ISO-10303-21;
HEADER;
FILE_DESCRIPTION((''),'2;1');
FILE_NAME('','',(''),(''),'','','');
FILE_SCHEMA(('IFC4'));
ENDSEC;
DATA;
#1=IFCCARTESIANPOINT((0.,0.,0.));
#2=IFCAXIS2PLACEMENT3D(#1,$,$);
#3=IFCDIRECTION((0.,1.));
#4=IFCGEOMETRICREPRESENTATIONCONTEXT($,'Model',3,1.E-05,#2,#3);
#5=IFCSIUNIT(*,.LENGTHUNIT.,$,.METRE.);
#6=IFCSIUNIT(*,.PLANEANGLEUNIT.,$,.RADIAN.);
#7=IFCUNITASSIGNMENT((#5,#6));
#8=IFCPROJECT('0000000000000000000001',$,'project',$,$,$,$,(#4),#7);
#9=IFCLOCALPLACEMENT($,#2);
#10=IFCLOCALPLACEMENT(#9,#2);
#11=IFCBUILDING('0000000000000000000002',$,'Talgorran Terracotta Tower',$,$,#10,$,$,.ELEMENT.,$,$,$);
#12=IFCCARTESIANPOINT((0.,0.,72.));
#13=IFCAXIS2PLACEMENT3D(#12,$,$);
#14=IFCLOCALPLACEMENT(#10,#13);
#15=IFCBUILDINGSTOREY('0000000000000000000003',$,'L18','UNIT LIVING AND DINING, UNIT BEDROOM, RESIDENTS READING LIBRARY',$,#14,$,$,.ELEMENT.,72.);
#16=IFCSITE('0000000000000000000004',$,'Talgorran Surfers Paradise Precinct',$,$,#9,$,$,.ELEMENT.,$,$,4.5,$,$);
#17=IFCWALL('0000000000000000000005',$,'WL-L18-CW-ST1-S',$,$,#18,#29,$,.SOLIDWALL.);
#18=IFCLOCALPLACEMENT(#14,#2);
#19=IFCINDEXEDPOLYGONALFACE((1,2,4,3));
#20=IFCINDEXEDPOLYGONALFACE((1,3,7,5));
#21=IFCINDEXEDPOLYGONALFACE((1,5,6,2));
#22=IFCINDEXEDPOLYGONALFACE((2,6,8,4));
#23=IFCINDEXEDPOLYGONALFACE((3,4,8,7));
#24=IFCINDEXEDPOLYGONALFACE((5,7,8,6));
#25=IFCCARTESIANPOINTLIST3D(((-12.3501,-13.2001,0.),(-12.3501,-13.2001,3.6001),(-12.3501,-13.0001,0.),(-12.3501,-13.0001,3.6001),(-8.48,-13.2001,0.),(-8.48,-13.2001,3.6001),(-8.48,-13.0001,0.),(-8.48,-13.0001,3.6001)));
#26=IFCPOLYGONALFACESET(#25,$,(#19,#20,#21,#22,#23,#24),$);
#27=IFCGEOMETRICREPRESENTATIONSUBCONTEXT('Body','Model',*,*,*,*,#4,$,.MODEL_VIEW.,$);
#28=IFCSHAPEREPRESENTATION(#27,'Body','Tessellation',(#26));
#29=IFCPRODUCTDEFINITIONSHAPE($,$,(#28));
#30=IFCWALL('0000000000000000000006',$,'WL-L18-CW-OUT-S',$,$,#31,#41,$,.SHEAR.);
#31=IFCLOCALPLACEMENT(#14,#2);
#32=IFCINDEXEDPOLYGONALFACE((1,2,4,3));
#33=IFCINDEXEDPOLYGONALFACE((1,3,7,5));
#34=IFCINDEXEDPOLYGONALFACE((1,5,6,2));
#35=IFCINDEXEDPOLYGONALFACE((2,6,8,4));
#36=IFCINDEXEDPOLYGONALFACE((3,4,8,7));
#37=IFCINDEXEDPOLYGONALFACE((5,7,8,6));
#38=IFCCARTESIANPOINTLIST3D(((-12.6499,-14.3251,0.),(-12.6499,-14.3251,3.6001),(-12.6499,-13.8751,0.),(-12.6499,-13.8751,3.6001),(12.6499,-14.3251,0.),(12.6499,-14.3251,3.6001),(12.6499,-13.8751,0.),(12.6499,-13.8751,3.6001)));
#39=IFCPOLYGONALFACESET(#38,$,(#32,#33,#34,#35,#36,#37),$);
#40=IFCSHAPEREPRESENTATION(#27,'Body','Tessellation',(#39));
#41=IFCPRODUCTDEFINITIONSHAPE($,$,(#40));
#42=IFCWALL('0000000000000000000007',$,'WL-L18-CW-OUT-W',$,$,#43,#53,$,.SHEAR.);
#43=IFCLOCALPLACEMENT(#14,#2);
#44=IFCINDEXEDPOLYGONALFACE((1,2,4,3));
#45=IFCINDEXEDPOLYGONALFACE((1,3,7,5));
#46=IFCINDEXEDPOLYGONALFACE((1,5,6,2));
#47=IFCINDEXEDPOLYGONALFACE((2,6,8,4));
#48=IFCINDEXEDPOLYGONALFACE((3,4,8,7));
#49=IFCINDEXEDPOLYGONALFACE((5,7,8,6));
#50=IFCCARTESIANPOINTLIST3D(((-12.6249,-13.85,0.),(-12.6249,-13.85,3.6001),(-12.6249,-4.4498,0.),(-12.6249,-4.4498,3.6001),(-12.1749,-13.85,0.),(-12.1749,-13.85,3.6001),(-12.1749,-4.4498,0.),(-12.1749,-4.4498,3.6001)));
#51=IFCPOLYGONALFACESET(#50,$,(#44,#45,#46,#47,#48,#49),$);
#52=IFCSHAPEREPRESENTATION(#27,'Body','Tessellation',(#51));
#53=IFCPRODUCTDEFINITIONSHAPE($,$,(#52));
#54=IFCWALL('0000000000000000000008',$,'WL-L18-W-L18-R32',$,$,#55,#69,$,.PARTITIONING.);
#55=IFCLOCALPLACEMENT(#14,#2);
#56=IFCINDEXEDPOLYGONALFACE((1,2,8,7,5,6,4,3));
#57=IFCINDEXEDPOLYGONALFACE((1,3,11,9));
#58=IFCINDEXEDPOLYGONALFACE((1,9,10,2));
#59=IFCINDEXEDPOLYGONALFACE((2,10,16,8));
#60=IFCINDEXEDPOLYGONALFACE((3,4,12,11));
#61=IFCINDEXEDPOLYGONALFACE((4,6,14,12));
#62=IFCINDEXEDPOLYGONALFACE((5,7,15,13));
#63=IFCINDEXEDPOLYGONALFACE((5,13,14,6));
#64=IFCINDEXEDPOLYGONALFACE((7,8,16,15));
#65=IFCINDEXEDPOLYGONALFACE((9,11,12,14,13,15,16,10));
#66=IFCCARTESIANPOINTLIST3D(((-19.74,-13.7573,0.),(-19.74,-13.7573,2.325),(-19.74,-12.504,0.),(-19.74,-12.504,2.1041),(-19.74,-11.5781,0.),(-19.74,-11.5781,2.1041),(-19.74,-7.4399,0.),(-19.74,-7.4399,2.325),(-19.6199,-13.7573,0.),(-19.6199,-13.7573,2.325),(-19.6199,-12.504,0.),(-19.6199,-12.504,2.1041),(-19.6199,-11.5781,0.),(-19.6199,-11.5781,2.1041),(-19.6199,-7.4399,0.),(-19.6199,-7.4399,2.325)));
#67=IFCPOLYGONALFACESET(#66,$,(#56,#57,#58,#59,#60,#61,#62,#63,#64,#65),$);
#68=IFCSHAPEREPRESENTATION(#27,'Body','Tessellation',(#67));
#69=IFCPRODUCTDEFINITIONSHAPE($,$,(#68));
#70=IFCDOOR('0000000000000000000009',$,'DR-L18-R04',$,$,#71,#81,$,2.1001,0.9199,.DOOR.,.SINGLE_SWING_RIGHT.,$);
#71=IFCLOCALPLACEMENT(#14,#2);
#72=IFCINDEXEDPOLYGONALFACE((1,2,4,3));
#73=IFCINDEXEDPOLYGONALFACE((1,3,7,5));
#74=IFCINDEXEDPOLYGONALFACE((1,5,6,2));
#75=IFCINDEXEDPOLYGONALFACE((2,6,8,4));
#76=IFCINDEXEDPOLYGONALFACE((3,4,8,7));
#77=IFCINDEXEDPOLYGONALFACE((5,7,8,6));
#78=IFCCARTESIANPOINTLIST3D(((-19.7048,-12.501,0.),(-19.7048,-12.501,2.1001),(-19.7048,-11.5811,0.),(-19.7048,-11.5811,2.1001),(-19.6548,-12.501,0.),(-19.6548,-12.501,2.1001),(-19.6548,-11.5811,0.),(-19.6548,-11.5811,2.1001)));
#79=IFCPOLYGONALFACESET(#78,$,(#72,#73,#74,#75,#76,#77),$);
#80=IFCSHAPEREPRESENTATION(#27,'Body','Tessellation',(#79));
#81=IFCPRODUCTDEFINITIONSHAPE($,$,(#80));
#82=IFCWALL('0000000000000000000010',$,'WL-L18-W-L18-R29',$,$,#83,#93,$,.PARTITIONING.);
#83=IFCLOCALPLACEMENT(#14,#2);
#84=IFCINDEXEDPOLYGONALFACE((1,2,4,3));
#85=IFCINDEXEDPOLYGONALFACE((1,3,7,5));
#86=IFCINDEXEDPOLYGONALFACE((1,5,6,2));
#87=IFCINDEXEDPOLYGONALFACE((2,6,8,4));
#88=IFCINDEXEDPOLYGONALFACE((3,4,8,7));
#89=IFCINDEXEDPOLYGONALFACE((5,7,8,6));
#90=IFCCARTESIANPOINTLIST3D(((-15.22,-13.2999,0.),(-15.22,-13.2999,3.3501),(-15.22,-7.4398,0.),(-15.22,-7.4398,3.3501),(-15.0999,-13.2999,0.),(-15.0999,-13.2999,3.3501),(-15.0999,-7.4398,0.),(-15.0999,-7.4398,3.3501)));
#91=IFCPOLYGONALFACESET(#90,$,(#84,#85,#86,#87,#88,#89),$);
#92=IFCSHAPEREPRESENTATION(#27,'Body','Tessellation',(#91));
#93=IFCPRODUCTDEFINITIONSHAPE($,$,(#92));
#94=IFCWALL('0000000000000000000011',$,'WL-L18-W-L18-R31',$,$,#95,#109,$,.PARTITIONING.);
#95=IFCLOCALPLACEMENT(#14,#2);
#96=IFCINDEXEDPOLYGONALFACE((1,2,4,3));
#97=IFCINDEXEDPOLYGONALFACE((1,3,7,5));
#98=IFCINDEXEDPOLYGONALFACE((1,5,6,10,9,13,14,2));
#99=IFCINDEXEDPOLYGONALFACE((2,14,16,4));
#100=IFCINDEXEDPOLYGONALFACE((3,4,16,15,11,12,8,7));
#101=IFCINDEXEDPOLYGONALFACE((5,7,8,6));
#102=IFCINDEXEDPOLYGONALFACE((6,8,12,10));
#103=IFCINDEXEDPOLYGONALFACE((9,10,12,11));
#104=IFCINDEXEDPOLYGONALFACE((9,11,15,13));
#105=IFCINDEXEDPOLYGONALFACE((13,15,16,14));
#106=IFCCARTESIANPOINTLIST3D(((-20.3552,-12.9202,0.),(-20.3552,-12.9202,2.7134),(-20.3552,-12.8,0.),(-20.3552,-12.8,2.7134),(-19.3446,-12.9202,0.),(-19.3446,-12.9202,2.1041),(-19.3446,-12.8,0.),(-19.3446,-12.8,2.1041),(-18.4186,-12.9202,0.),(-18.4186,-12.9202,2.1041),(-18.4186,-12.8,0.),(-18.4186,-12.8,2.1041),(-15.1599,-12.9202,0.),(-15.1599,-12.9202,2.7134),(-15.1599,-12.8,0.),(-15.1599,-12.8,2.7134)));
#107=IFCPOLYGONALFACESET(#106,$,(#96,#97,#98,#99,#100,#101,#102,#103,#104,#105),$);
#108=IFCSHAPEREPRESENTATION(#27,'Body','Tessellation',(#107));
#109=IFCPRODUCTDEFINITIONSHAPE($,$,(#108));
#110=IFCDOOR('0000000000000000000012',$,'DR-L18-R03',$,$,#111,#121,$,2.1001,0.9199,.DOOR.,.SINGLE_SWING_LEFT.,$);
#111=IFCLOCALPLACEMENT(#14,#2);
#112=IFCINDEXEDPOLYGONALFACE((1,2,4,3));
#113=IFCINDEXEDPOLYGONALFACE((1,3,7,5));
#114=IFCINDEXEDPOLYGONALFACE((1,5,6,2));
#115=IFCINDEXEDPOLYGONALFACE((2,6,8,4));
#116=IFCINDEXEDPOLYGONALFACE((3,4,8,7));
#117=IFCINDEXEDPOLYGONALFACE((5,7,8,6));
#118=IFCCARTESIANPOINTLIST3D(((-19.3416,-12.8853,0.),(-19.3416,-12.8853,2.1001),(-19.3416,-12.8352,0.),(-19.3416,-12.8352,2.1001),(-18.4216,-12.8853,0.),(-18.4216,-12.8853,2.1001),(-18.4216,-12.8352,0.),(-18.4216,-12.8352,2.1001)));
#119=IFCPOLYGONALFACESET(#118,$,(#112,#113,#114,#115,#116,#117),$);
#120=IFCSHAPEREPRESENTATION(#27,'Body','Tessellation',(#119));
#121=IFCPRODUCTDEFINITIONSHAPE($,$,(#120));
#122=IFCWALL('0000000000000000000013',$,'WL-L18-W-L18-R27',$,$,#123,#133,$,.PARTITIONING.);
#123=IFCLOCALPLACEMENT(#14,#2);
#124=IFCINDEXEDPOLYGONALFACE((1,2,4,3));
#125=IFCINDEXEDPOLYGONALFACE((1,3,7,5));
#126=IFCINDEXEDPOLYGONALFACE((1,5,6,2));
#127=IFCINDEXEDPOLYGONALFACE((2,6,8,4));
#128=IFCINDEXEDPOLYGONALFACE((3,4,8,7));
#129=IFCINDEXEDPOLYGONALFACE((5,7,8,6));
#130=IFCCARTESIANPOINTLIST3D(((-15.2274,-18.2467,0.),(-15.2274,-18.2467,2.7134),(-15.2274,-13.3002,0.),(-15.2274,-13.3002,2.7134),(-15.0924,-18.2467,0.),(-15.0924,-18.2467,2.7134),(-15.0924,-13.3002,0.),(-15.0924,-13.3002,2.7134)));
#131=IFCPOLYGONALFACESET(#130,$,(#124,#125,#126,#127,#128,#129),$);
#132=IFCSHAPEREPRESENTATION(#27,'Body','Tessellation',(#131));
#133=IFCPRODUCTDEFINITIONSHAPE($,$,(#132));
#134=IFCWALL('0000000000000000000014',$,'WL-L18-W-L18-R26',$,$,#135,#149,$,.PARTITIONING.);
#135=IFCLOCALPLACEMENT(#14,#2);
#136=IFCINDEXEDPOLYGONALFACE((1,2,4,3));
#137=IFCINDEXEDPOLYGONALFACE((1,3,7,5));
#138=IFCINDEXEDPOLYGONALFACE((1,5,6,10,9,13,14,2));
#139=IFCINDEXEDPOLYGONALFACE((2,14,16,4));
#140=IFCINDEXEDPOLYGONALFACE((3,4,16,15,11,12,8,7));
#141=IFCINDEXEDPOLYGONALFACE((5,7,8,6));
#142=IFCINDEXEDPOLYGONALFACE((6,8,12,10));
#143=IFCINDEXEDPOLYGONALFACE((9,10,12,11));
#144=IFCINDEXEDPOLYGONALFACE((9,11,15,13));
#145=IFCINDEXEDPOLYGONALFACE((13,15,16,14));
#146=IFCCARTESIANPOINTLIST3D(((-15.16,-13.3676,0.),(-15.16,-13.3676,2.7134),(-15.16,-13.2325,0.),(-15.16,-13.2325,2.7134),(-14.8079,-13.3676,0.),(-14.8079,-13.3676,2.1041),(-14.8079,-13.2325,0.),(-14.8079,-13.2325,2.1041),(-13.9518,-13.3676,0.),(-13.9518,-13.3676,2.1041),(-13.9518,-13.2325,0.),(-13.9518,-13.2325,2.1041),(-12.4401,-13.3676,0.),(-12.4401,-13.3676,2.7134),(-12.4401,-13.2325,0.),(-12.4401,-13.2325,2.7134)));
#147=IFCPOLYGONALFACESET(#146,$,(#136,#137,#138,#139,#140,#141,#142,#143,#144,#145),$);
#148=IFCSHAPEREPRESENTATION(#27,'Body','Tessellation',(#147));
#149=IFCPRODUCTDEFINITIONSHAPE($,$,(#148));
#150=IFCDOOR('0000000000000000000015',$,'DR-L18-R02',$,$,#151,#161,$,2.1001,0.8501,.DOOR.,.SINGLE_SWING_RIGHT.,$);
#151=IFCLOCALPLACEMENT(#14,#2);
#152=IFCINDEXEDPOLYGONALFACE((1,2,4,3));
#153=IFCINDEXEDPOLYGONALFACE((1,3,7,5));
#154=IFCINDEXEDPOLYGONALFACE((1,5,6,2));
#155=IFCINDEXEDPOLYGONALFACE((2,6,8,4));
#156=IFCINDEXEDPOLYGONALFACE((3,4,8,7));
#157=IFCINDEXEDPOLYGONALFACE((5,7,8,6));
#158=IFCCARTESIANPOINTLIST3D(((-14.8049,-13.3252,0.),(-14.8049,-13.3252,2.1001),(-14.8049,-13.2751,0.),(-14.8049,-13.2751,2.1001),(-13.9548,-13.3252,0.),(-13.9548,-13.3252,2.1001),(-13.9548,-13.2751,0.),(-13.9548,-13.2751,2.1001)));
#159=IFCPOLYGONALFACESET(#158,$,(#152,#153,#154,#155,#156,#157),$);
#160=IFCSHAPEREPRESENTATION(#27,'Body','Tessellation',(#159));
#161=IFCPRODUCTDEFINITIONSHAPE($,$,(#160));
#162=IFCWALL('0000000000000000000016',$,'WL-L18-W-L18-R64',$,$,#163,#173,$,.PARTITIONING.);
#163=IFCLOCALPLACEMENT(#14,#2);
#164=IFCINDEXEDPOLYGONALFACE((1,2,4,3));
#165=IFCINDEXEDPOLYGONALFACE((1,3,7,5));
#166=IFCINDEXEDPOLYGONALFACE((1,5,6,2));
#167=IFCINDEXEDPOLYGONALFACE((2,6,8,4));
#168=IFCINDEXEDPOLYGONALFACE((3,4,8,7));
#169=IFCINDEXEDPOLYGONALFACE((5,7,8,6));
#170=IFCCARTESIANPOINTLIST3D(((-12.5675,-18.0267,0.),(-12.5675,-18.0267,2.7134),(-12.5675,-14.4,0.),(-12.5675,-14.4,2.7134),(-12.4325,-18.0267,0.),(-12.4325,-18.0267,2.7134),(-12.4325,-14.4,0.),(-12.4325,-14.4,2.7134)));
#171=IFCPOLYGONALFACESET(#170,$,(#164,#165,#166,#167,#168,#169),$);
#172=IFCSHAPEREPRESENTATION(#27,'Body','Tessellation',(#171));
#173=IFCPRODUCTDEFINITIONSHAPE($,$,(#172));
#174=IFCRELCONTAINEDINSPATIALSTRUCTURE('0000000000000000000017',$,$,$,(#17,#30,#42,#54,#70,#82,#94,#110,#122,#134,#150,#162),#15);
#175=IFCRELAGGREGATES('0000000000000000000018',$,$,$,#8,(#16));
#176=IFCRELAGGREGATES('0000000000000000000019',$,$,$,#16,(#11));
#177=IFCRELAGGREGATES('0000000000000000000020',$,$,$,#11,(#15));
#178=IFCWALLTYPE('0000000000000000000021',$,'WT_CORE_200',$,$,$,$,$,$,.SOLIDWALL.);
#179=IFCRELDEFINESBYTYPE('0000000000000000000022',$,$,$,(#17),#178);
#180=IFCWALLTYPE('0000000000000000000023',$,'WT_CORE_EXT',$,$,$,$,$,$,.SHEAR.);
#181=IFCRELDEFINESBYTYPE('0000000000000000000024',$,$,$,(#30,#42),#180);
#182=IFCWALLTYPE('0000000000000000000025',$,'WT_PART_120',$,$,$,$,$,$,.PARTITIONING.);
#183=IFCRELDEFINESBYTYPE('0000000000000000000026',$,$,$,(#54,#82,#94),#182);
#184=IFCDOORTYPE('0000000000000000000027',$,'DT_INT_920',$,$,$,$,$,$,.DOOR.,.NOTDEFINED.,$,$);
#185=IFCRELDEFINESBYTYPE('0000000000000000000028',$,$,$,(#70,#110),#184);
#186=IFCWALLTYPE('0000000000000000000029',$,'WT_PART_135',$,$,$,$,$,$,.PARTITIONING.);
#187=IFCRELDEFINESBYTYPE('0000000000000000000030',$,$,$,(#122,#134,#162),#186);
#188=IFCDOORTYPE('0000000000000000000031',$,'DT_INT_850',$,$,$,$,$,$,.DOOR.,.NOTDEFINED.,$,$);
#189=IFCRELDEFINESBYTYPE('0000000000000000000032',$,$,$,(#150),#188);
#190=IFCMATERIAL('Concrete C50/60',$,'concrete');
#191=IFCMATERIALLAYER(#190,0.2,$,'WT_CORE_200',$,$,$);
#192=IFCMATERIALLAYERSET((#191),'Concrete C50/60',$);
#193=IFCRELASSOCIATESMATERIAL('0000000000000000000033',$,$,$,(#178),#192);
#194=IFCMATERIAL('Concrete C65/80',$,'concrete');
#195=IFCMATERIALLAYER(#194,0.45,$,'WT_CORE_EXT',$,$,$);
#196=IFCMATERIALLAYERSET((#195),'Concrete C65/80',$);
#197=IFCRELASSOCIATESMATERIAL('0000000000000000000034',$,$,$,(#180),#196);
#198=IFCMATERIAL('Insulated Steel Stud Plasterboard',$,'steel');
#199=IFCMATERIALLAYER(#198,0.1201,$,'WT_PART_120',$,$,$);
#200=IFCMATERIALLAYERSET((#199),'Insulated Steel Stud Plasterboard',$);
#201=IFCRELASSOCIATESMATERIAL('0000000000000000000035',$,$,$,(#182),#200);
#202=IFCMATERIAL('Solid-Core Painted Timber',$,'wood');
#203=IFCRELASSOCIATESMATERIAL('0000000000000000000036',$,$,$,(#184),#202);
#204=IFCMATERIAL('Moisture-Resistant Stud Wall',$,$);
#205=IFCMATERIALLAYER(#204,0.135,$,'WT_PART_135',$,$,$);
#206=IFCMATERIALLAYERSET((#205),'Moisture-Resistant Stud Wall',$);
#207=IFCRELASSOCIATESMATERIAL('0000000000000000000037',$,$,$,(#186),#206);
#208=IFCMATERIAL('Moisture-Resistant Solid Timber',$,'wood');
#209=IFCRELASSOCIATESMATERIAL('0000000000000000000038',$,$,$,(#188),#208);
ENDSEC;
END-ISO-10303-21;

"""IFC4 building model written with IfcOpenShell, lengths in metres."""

from ifc_helpers import new_model, si_unit, direction, frame, frame_2d, origin, place, context, subcontext, project, spatial, rectangle, extrude, material, layer, layer_set, type_object, element, fill, save


model = new_model("IFC4")

# Units and contexts
model_context = context("Model", 3, precision=1e-05, world=origin(), true_north=direction((0.0, 1.0)))
body_context = subcontext(model_context, "Body", "Model", "MODEL_VIEW")
ifc_project = project(units=[si_unit("LENGTHUNIT", "METRE"), si_unit("PLANEANGLEUNIT", "RADIAN")], contexts=[model_context])

# Site, building, storey
site_placement = place(None, origin())
site = spatial("IfcSite", under=ifc_project, at=site_placement, Name="Talgorran Surfers Paradise Precinct", CompositionType="ELEMENT", RefElevation=4.5)
building_placement = place(site_placement, origin())
building = spatial("IfcBuilding", under=site, at=building_placement, Name="Talgorran Terracotta Tower", CompositionType="ELEMENT")
storey_placement = place(building_placement, frame((0.0, 0.0, 72.0)))
storey = spatial("IfcBuildingStorey", under=building, at=storey_placement, Name="L18", Description="UNIT LIVING AND DINING, UNIT BEDROOM, RESIDENTS READING LIBRARY", CompositionType="ELEMENT", Elevation=72.0)

# Walls
ifc_material_1 = material(Name="Concrete C50/60", Category="concrete")
ifc_layer_1 = layer(ifc_material_1, 0.2, Name="WT_CORE_200")
ifc_layer_set_1 = layer_set([ifc_layer_1], Name="Concrete C50/60")
wall_type_1 = type_object("IfcWallType", Name="WT_CORE_200", PredefinedType="SOLIDWALL", material=ifc_layer_set_1)
wall_1_placement = place(storey_placement, frame((-12.3501, -13.1001, 0.0), z_axis=(0.0, 0.0, 1.0), x_axis=(1.0, 0.0, 0.0)))
element("IfcWall", 1, at=wall_1_placement, inside=storey, type_object=wall_type_1, Name="WL-L18-CW-ST1-S", PredefinedType="SOLIDWALL", context=body_context, shape_type="SweptSolid", body=[
    extrude(rectangle(XDim=3.8701, YDim=0.2, at=frame_2d((1.9351, 0.0))), origin(), (0.0, 0.0, 1.0), 3.6001),
])
ifc_material_2 = material(Name="Concrete C65/80", Category="concrete")
ifc_layer_2 = layer(ifc_material_2, 0.45, Name="WT_CORE_EXT")
ifc_layer_set_2 = layer_set([ifc_layer_2], Name="Concrete C65/80")
wall_type_2 = type_object("IfcWallType", Name="WT_CORE_EXT", PredefinedType="SHEAR", material=ifc_layer_set_2)
wall_2_placement = place(storey_placement, frame((-12.6499, -14.1001, 0.0), z_axis=(0.0, 0.0, 1.0), x_axis=(1.0, 0.0, 0.0)))
element("IfcWall", 2, at=wall_2_placement, inside=storey, type_object=wall_type_2, Name="WL-L18-CW-OUT-S", PredefinedType="SHEAR", context=body_context, shape_type="SweptSolid", body=[
    extrude(rectangle(XDim=25.2998, YDim=0.45, at=frame_2d((12.6499, 0.0))), origin(), (0.0, 0.0, 1.0), 3.6001),
])
wall_3_placement = place(storey_placement, frame((-12.3999, -13.8501, 0.0), z_axis=(0.0, 0.0, 1.0), x_axis=(0.0, 1.0, 0.0)))
element("IfcWall", 3, at=wall_3_placement, inside=storey, type_object=wall_type_2, Name="WL-L18-CW-OUT-W", PredefinedType="SHEAR", context=body_context, shape_type="SweptSolid", body=[
    extrude(rectangle(XDim=9.4001, YDim=0.45, at=frame_2d((4.7002, 0.0))), origin(), (0.0, 0.0, 1.0), 3.6001),
])

# Wall, opening, door
ifc_material_3 = material(Name="Insulated Steel Stud Plasterboard", Category="steel")
ifc_layer_3 = layer(ifc_material_3, 0.1201, Name="WT_PART_120")
ifc_layer_set_3 = layer_set([ifc_layer_3], Name="Insulated Steel Stud Plasterboard")
wall_type_3 = type_object("IfcWallType", Name="WT_PART_120", PredefinedType="PARTITIONING", material=ifc_layer_set_3)
wall_4_placement = place(storey_placement, frame((-19.6799, -13.7573, 0.0), z_axis=(0.0, 0.0, 1.0), x_axis=(0.0, 1.0, 0.0)))
wall_4 = element("IfcWall", 4, at=wall_4_placement, inside=storey, type_object=wall_type_3, Name="WL-L18-W-L18-R32", PredefinedType="PARTITIONING", context=body_context, shape_type="SweptSolid", body=[
    extrude(rectangle(XDim=6.3174, YDim=0.1201, at=frame_2d((3.1587, 0.0))), origin(), (0.0, 0.0, 1.0), 2.325),
])
opening_1_placement = place(wall_4_placement, frame((1.2563, 0.0, 0.0)))
opening_1 = element("IfcOpeningElement", 5, at=opening_1_placement, cuts=wall_4, PredefinedType="OPENING", context=body_context, shape_type="SweptSolid", body=[
    extrude(rectangle(XDim=0.9259, YDim=2.1041, at=frame_2d((0.46, 1.052))), frame((0.0, 0.0701, 0.0), z_axis=(0.0, -1.0, 0.0), x_axis=(1.0, 0.0, 0.0)), (0.0, 0.0, 1.0), 0.1401),
])
ifc_material_4 = material(Name="Solid-Core Painted Timber", Category="wood")
door_type_1 = type_object("IfcDoorType", Name="DT_INT_920", OperationType="NOTDEFINED", PredefinedType="DOOR", material=ifc_material_4)
door_1_placement = place(opening_1_placement, origin())
door_1 = element("IfcDoor", 6, at=door_1_placement, inside=storey, type_object=door_type_1, Name="DR-L18-R04", OperationType="SINGLE_SWING_RIGHT", OverallHeight=2.1001, OverallWidth=0.9199, PredefinedType="DOOR", context=body_context, shape_type="SweptSolid", body=[
    extrude(rectangle(XDim=0.9199, YDim=2.1001, at=frame_2d((0.46, 1.05))), frame((0.0, 0.0249, 0.0), z_axis=(0.0, -1.0, 0.0), x_axis=(1.0, 0.0, 0.0)), (0.0, 0.0, 1.0), 0.05),
])
fill(opening_1, door_1)

# Wall
wall_5_placement = place(storey_placement, frame((-15.1599, -13.3, 0.0), z_axis=(0.0, 0.0, 1.0), x_axis=(0.0, 1.0, 0.0)))
element("IfcWall", 7, at=wall_5_placement, inside=storey, type_object=wall_type_3, Name="WL-L18-W-L18-R29", PredefinedType="PARTITIONING", context=body_context, shape_type="SweptSolid", body=[
    extrude(rectangle(XDim=5.8601, YDim=0.1201, at=frame_2d((2.9302, 0.0))), origin(), (0.0, 0.0, 1.0), 3.3501),
])

# Wall, opening, door
wall_6_placement = place(storey_placement, frame((-20.3552, -12.8601, 0.0), z_axis=(0.0, 0.0, 1.0), x_axis=(1.0, 0.0, 0.0)))
wall_6 = element("IfcWall", 8, at=wall_6_placement, inside=storey, type_object=wall_type_3, Name="WL-L18-W-L18-R31", PredefinedType="PARTITIONING", context=body_context, shape_type="SweptSolid", body=[
    extrude(rectangle(XDim=5.1953, YDim=0.1201, at=frame_2d((2.5977, 0.0))), origin(), (0.0, 0.0, 1.0), 2.7134),
])
opening_2_placement = place(wall_6_placement, frame((1.0137, 0.0, 0.0)))
opening_2 = element("IfcOpeningElement", 9, at=opening_2_placement, cuts=wall_6, PredefinedType="OPENING", context=body_context, shape_type="SweptSolid", body=[
    extrude(rectangle(XDim=0.9259, YDim=2.1041, at=frame_2d((0.46, 1.052))), frame((0.0, 0.0701, 0.0), z_axis=(0.0, -1.0, 0.0), x_axis=(1.0, 0.0, 0.0)), (0.0, 0.0, 1.0), 0.1401),
])
door_2_placement = place(opening_2_placement, origin())
door_2 = element("IfcDoor", 10, at=door_2_placement, inside=storey, type_object=door_type_1, Name="DR-L18-R03", OperationType="SINGLE_SWING_LEFT", OverallHeight=2.1001, OverallWidth=0.9199, PredefinedType="DOOR", context=body_context, shape_type="SweptSolid", body=[
    extrude(rectangle(XDim=0.9199, YDim=2.1001, at=frame_2d((0.46, 1.05))), frame((0.0, 0.0249, 0.0), z_axis=(0.0, -1.0, 0.0), x_axis=(1.0, 0.0, 0.0)), (0.0, 0.0, 1.0), 0.05),
])
fill(opening_2, door_2)

# Wall
ifc_material_5 = material(Name="Moisture-Resistant Stud Wall")
ifc_layer_4 = layer(ifc_material_5, 0.135, Name="WT_PART_135")
ifc_layer_set_4 = layer_set([ifc_layer_4], Name="Moisture-Resistant Stud Wall")
wall_type_4 = type_object("IfcWallType", Name="WT_PART_135", PredefinedType="PARTITIONING", material=ifc_layer_set_4)
wall_7_placement = place(storey_placement, frame((-15.1599, -18.2466, 0.0), z_axis=(0.0, 0.0, 1.0), x_axis=(0.0, 1.0, 0.0)))
element("IfcWall", 11, at=wall_7_placement, inside=storey, type_object=wall_type_4, Name="WL-L18-W-L18-R27", PredefinedType="PARTITIONING", context=body_context, shape_type="SweptSolid", body=[
    extrude(rectangle(XDim=4.9465, YDim=0.135, at=frame_2d((2.4731, 0.0))), origin(), (0.0, 0.0, 1.0), 2.7134),
])

# Wall, opening, door
wall_8_placement = place(storey_placement, frame((-15.1599, -13.3, 0.0), z_axis=(0.0, 0.0, 1.0), x_axis=(1.0, 0.0, 0.0)))
wall_8 = element("IfcWall", 12, at=wall_8_placement, inside=storey, type_object=wall_type_4, Name="WL-L18-W-L18-R26", PredefinedType="PARTITIONING", context=body_context, shape_type="SweptSolid", body=[
    extrude(rectangle(XDim=2.72, YDim=0.135, at=frame_2d((1.3599, 0.0))), origin(), (0.0, 0.0, 1.0), 2.7134),
])
opening_3_placement = place(wall_8_placement, frame((0.355, 0.0, 0.0)))
opening_3 = element("IfcOpeningElement", 13, at=opening_3_placement, cuts=wall_8, PredefinedType="OPENING", context=body_context, shape_type="SweptSolid", body=[
    extrude(rectangle(XDim=0.8561, YDim=2.1041, at=frame_2d((0.425, 1.052))), frame((0.0, 0.0776, 0.0), z_axis=(0.0, -1.0, 0.0), x_axis=(1.0, 0.0, 0.0)), (0.0, 0.0, 1.0), 0.155),
])
ifc_material_6 = material(Name="Moisture-Resistant Solid Timber", Category="wood")
door_type_2 = type_object("IfcDoorType", Name="DT_INT_850", OperationType="NOTDEFINED", PredefinedType="DOOR", material=ifc_material_6)
door_3_placement = place(opening_3_placement, origin())
door_3 = element("IfcDoor", 14, at=door_3_placement, inside=storey, type_object=door_type_2, Name="DR-L18-R02", OperationType="SINGLE_SWING_RIGHT", OverallHeight=2.1001, OverallWidth=0.8501, PredefinedType="DOOR", context=body_context, shape_type="SweptSolid", body=[
    extrude(rectangle(XDim=0.8501, YDim=2.1001, at=frame_2d((0.425, 1.05))), frame((0.0, 0.0249, 0.0), z_axis=(0.0, -1.0, 0.0), x_axis=(1.0, 0.0, 0.0)), (0.0, 0.0, 1.0), 0.05),
])
fill(opening_3, door_3)

# Wall
wall_9_placement = place(storey_placement, frame((-12.5, -14.3999, 0.0), z_axis=(0.0, 0.0, 1.0), x_axis=(0.0, -1.0, 0.0)))
element("IfcWall", 15, at=wall_9_placement, inside=storey, type_object=wall_type_4, Name="WL-L18-W-L18-R64", PredefinedType="PARTITIONING", context=body_context, shape_type="SweptSolid", body=[
    extrude(rectangle(XDim=3.6267, YDim=0.135, at=frame_2d((1.8135, 0.0))), origin(), (0.0, 0.0, 1.0), 2.7134),
])

save(model, "model.ifc")
